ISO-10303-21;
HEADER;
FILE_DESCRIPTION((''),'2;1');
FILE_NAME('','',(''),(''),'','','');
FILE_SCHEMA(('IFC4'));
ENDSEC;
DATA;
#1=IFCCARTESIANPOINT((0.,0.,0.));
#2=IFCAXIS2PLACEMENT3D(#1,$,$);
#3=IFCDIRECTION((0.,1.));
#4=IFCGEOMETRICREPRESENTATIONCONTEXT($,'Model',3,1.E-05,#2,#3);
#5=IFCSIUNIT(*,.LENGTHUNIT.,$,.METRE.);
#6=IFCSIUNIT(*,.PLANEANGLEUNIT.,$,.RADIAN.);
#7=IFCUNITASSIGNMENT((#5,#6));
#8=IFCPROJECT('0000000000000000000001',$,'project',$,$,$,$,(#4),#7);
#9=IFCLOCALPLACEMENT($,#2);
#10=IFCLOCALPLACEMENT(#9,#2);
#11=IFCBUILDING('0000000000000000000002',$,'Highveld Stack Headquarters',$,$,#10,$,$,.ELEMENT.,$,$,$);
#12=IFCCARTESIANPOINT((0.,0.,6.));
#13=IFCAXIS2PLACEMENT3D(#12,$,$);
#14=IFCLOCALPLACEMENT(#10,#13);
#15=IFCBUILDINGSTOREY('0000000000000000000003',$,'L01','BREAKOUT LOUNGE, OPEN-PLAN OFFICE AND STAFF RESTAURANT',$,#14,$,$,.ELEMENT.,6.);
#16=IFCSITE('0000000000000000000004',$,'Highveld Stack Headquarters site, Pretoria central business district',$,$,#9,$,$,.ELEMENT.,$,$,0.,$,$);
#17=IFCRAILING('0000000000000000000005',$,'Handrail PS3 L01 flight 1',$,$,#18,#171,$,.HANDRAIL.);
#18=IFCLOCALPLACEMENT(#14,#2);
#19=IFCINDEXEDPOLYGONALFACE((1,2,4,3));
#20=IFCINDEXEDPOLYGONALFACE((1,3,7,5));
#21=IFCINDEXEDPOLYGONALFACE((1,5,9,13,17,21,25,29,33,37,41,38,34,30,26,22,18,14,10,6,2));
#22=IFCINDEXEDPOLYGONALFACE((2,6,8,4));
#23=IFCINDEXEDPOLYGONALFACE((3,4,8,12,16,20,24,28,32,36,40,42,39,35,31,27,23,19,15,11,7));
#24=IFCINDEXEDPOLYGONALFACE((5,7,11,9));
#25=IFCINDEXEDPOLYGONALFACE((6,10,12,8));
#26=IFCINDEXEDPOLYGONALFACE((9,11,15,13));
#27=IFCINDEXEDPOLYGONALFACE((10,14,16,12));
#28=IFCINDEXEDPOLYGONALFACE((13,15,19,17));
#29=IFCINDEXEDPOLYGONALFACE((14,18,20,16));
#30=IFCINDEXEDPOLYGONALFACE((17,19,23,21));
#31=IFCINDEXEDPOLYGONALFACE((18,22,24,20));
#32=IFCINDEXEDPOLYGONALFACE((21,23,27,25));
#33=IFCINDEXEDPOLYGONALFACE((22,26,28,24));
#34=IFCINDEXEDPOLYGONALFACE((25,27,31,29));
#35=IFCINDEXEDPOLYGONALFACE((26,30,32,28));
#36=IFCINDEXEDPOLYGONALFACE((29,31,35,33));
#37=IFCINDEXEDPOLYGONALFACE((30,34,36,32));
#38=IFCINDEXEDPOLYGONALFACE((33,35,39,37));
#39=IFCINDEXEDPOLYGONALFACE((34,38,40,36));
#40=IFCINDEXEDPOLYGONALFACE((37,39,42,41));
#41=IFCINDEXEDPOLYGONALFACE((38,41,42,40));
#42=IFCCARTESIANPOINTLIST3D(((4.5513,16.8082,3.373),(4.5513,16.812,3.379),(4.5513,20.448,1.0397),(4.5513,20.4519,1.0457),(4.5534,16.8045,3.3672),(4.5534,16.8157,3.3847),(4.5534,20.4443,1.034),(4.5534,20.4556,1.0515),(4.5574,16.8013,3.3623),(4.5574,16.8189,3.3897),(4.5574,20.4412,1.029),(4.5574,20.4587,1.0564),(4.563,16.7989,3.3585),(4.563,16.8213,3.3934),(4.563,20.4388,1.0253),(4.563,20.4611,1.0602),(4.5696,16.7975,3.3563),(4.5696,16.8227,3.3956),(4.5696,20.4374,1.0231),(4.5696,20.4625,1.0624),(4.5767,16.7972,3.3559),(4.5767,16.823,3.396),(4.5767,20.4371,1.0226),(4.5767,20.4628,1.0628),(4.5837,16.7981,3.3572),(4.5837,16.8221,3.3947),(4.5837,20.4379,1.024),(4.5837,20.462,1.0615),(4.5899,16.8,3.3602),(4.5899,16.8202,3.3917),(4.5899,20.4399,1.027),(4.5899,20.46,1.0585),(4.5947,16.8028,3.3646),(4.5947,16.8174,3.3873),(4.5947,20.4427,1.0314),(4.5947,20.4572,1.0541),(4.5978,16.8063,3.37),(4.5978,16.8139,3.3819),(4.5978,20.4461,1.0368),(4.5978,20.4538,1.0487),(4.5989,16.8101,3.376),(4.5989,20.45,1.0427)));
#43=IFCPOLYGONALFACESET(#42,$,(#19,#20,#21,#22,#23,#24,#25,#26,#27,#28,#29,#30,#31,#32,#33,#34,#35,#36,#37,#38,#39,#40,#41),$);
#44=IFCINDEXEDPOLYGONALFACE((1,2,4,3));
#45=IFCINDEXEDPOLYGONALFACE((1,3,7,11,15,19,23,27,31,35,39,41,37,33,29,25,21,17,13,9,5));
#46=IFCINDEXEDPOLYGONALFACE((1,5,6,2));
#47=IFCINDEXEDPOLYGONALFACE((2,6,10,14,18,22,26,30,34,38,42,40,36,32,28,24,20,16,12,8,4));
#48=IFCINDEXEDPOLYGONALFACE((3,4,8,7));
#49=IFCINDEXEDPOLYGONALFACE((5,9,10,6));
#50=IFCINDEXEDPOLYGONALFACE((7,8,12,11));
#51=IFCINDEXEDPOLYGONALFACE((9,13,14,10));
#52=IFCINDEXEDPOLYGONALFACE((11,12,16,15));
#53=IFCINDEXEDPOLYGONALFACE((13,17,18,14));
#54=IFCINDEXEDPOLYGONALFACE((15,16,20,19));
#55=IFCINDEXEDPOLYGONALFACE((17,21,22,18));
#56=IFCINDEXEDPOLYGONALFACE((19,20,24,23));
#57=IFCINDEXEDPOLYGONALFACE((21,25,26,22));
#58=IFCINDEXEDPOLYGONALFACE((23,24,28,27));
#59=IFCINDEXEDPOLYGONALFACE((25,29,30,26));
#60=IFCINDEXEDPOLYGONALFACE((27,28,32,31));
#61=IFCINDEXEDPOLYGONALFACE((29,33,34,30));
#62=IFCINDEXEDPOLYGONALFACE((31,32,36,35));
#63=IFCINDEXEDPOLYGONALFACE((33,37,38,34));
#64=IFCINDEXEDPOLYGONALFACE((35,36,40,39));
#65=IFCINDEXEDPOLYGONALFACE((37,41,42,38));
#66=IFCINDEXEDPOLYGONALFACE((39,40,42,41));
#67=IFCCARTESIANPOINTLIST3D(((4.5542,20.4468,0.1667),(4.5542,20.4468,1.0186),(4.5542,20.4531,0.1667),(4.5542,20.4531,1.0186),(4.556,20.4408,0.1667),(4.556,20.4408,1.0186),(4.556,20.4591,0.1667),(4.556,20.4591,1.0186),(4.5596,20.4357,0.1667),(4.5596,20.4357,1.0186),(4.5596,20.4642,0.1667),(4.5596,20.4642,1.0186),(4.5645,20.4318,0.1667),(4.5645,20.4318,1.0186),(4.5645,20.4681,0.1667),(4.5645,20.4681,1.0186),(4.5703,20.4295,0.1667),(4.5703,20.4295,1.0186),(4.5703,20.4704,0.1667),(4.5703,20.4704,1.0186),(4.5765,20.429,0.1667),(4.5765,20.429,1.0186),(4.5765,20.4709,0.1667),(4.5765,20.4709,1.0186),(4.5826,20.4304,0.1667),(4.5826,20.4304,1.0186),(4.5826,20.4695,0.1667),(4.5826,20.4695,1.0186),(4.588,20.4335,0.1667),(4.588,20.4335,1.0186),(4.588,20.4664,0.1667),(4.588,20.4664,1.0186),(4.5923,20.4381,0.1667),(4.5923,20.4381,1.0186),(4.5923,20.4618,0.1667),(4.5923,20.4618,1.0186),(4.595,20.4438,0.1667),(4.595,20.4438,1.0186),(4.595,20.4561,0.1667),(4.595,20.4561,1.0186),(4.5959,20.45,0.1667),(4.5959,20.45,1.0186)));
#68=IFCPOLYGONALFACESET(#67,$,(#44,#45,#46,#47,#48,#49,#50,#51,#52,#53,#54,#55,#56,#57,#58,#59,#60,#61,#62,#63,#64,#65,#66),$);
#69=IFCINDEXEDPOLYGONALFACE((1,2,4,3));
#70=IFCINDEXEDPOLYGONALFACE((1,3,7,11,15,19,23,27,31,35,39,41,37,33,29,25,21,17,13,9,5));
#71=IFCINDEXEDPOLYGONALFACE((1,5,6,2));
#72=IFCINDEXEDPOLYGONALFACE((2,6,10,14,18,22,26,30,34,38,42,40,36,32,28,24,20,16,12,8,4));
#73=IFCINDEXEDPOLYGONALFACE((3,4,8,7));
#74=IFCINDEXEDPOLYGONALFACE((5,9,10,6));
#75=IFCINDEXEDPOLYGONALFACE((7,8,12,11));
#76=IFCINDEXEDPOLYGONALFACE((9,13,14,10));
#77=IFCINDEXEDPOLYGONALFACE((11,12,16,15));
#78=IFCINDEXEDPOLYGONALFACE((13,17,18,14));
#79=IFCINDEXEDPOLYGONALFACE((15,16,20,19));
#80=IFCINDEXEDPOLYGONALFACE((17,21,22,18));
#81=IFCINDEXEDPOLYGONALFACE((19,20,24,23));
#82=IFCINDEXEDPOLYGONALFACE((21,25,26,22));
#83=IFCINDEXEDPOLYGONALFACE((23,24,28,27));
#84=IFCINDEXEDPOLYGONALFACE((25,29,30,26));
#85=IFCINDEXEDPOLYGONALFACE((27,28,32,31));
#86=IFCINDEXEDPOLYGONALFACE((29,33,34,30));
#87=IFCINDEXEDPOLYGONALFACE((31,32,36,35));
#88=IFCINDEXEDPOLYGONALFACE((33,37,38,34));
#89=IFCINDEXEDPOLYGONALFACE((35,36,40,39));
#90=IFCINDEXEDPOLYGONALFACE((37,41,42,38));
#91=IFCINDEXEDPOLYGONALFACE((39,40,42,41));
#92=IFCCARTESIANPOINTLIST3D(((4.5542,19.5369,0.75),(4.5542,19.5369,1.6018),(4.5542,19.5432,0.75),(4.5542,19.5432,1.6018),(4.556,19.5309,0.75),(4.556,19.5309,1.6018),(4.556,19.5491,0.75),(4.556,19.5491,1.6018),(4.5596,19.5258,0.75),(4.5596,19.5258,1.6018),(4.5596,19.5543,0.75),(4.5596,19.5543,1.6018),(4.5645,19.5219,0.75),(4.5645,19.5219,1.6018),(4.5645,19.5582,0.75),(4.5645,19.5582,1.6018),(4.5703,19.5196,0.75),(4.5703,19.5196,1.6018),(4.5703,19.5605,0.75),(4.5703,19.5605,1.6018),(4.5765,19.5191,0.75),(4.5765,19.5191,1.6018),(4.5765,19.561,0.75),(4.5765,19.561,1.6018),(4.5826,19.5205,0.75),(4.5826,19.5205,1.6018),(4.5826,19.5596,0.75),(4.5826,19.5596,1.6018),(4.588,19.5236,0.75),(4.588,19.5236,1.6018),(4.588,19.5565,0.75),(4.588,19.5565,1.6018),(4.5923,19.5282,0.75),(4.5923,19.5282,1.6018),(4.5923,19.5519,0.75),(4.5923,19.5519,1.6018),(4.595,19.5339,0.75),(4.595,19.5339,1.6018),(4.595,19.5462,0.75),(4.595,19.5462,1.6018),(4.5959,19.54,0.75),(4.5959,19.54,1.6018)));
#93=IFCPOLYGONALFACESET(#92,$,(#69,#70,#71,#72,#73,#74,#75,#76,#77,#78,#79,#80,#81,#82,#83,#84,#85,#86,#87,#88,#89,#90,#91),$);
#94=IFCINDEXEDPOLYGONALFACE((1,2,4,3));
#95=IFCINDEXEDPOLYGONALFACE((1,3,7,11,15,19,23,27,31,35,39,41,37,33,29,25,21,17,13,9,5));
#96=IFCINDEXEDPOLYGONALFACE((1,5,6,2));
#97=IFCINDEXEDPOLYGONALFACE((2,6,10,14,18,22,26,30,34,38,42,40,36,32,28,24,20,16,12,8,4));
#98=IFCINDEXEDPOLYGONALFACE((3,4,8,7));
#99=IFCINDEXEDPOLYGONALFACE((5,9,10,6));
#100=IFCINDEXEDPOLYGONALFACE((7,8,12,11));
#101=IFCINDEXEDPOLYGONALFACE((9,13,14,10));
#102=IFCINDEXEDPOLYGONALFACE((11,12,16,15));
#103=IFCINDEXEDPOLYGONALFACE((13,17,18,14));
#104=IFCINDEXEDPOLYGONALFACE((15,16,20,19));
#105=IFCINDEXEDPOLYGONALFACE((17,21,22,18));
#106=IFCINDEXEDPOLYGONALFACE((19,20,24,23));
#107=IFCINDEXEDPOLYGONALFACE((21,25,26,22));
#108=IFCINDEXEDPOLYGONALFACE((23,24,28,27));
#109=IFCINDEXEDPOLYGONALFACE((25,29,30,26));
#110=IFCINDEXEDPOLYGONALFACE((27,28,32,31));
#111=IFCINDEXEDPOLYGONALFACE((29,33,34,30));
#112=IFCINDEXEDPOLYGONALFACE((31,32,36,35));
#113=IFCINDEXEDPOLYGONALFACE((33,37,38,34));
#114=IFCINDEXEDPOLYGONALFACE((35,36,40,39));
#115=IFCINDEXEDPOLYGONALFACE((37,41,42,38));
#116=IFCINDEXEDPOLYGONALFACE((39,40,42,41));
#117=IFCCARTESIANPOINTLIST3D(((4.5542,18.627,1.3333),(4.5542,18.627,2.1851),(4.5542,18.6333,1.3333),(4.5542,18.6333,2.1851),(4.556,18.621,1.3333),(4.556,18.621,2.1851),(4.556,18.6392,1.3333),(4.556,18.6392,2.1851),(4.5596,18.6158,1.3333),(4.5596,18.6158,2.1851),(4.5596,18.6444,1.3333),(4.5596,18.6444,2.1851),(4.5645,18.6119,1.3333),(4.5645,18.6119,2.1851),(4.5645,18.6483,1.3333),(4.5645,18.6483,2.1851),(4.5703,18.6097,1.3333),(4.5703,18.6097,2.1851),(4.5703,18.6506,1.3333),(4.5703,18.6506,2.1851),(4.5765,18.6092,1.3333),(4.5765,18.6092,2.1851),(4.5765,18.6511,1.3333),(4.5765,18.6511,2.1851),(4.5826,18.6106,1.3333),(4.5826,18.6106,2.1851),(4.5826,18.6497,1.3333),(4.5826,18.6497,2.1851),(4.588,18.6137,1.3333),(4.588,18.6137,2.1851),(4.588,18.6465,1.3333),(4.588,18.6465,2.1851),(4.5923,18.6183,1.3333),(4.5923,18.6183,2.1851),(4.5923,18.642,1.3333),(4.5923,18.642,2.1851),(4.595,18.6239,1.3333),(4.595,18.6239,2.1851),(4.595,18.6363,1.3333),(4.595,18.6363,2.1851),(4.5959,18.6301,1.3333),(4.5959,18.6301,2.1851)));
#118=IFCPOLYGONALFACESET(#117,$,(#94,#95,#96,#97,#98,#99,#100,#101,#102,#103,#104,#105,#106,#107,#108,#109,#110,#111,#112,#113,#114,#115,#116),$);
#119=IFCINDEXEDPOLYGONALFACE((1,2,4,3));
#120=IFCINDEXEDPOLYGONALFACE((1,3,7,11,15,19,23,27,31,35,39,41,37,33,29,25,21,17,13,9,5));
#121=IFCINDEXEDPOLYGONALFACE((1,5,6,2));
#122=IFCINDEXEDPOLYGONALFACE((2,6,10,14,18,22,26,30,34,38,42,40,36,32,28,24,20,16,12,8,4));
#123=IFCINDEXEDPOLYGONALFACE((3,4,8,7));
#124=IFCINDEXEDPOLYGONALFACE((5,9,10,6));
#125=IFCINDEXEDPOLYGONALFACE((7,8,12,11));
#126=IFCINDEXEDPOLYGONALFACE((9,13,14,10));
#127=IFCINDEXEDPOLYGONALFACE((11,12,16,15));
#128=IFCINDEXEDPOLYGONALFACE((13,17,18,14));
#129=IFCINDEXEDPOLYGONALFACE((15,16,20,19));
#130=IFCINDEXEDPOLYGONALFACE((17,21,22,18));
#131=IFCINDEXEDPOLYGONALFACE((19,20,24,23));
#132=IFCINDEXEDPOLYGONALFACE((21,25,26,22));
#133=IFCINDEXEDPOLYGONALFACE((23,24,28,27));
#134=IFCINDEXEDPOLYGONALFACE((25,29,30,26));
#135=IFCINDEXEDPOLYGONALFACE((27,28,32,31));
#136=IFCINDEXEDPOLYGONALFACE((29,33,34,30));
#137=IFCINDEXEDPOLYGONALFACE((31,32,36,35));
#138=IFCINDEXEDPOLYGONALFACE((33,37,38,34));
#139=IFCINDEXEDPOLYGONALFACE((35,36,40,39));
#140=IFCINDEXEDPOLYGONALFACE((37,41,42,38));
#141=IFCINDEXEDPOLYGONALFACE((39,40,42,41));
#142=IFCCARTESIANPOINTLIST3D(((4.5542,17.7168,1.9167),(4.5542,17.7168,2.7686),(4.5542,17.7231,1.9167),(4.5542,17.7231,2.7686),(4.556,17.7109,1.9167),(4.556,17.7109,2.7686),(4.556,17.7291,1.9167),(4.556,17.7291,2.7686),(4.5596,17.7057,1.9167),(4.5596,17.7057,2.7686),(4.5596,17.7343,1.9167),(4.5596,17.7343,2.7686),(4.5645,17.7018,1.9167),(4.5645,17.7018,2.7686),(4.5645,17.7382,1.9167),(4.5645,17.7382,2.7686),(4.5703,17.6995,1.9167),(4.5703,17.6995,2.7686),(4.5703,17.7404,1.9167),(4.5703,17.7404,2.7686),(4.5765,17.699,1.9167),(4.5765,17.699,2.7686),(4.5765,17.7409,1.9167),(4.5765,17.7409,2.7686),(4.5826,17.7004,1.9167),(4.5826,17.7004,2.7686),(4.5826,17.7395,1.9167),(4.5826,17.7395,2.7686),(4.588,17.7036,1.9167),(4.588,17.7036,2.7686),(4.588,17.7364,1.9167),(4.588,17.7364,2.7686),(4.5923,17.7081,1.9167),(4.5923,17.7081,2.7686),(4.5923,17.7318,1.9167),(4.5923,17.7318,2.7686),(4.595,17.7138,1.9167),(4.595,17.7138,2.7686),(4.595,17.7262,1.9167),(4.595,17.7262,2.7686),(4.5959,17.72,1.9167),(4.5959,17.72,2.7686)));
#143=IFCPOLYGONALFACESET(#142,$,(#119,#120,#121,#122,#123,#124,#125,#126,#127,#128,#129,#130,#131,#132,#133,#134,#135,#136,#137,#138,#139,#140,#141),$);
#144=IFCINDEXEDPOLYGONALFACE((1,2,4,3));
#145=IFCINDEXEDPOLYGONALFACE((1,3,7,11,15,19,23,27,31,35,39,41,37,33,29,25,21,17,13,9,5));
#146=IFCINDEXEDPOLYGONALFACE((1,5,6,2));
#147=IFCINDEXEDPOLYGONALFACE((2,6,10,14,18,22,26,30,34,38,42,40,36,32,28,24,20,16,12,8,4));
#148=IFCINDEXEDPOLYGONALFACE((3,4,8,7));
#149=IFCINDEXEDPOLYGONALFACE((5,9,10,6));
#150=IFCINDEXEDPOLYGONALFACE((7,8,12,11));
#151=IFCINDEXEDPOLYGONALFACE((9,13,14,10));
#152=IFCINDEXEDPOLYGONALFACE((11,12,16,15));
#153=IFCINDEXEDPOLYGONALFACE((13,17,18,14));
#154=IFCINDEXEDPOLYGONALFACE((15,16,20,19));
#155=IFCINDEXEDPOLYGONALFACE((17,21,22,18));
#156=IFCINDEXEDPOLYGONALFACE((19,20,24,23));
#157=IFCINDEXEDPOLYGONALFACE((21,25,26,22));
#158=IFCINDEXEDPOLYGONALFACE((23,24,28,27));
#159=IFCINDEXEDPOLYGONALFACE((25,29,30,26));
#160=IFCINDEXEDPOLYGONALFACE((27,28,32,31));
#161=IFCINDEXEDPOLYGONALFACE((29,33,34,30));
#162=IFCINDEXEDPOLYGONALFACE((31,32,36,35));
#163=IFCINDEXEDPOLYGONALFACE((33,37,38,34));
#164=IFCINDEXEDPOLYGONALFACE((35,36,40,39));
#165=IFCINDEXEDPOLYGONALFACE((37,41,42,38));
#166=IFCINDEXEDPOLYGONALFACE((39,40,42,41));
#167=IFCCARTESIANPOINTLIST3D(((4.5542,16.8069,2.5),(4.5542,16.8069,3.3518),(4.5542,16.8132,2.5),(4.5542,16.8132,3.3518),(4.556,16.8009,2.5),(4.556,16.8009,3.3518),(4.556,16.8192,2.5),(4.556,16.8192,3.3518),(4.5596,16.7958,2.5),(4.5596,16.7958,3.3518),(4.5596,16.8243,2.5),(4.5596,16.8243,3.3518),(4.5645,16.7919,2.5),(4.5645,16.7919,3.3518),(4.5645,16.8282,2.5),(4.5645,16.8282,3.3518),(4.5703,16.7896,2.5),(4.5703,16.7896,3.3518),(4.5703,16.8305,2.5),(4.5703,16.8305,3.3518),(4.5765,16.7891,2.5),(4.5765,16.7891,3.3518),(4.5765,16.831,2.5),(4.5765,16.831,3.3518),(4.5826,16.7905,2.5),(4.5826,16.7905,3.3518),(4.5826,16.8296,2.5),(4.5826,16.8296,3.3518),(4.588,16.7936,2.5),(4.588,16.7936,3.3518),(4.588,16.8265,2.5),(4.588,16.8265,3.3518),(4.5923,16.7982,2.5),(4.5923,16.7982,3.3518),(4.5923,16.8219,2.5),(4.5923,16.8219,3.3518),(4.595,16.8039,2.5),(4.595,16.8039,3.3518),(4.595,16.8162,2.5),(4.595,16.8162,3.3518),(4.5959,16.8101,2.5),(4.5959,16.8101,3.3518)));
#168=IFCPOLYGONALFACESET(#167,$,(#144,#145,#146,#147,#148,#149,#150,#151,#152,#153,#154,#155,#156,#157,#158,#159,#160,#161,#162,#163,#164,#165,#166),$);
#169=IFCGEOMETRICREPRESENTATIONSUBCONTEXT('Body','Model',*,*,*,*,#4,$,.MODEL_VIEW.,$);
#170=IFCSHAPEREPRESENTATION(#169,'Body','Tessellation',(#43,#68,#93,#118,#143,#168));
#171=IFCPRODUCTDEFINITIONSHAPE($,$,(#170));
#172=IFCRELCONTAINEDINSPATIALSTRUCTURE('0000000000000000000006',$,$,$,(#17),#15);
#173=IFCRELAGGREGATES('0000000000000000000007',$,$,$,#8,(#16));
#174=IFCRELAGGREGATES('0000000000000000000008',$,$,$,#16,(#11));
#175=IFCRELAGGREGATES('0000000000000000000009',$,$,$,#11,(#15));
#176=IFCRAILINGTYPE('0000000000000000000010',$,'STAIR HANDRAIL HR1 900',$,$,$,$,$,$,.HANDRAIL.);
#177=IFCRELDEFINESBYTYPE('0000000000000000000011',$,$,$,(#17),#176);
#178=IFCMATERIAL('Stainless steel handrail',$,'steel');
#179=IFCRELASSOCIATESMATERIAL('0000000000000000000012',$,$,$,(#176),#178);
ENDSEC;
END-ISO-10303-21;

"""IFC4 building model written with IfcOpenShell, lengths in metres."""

from ifc_helpers import new_model, si_unit, direction, frame, origin, origin_2d, place, context, subcontext, project, spatial, circle, extrude, material, type_object, element, save


model = new_model("IFC4")

# Units and contexts
model_context = context("Model", 3, precision=1e-05, world=origin(), true_north=direction((0.0, 1.0)))
body_context = subcontext(model_context, "Body", "Model", "MODEL_VIEW")
ifc_project = project(units=[si_unit("LENGTHUNIT", "METRE"), si_unit("PLANEANGLEUNIT", "RADIAN")], contexts=[model_context])

# Site, building, storey
site_placement = place(None, origin())
site = spatial("IfcSite", under=ifc_project, at=site_placement, Name="Highveld Stack Headquarters site, Pretoria central business district", CompositionType="ELEMENT", RefElevation=0.0)
building_placement = place(site_placement, origin())
building = spatial("IfcBuilding", under=site, at=building_placement, Name="Highveld Stack Headquarters", CompositionType="ELEMENT")
storey_placement = place(building_placement, frame((0.0, 0.0, 6.0)))
storey = spatial("IfcBuildingStorey", under=building, at=storey_placement, Name="L01", Description="BREAKOUT LOUNGE, OPEN-PLAN OFFICE AND STAFF RESTAURANT", CompositionType="ELEMENT", Elevation=6.0)

# Railing
ifc_material_1 = material(Name="Stainless steel handrail", Category="steel")
railing_type = type_object("IfcRailingType", Name="STAIR HANDRAIL HR1 900", PredefinedType="HANDRAIL", material=ifc_material_1)
for number, where, name in (
    (1, (4.575, 20.45, 0.1667), "Handrail PS3 L01 flight 1"),
):
    element("IfcRailing", number, at=place(storey_placement, frame(where)), inside=storey, type_object=railing_type, Name=name, PredefinedType="HANDRAIL", context=body_context, shape_type="SweptSolid", body=[
        extrude(circle(Radius=0.0239, at=origin_2d()), frame((0.0, 0.0, 0.876), z_axis=(0.0, -0.84188, 0.539664), x_axis=(1.0, 0.0, 0.0)), (0.0, 0.0, 1.0), 4.3235),
        extrude(circle(Radius=0.021, at=origin_2d()), origin(), (0.0, 0.0, 1.0), 0.8518),
        extrude(circle(Radius=0.021, at=origin_2d()), frame((0.0, -0.9099, 0.5833)), (0.0, 0.0, 1.0), 0.8518),
        extrude(circle(Radius=0.021, at=origin_2d()), frame((0.0, -1.8198, 1.1665)), (0.0, 0.0, 1.0), 0.8518),
        extrude(circle(Radius=0.021, at=origin_2d()), frame((0.0, -2.73, 1.75)), (0.0, 0.0, 1.0), 0.8518),
        extrude(circle(Radius=0.021, at=origin_2d()), frame((0.0, -3.6399, 2.3333)), (0.0, 0.0, 1.0), 0.8518),
    ])

save(model, "model.ifc")
